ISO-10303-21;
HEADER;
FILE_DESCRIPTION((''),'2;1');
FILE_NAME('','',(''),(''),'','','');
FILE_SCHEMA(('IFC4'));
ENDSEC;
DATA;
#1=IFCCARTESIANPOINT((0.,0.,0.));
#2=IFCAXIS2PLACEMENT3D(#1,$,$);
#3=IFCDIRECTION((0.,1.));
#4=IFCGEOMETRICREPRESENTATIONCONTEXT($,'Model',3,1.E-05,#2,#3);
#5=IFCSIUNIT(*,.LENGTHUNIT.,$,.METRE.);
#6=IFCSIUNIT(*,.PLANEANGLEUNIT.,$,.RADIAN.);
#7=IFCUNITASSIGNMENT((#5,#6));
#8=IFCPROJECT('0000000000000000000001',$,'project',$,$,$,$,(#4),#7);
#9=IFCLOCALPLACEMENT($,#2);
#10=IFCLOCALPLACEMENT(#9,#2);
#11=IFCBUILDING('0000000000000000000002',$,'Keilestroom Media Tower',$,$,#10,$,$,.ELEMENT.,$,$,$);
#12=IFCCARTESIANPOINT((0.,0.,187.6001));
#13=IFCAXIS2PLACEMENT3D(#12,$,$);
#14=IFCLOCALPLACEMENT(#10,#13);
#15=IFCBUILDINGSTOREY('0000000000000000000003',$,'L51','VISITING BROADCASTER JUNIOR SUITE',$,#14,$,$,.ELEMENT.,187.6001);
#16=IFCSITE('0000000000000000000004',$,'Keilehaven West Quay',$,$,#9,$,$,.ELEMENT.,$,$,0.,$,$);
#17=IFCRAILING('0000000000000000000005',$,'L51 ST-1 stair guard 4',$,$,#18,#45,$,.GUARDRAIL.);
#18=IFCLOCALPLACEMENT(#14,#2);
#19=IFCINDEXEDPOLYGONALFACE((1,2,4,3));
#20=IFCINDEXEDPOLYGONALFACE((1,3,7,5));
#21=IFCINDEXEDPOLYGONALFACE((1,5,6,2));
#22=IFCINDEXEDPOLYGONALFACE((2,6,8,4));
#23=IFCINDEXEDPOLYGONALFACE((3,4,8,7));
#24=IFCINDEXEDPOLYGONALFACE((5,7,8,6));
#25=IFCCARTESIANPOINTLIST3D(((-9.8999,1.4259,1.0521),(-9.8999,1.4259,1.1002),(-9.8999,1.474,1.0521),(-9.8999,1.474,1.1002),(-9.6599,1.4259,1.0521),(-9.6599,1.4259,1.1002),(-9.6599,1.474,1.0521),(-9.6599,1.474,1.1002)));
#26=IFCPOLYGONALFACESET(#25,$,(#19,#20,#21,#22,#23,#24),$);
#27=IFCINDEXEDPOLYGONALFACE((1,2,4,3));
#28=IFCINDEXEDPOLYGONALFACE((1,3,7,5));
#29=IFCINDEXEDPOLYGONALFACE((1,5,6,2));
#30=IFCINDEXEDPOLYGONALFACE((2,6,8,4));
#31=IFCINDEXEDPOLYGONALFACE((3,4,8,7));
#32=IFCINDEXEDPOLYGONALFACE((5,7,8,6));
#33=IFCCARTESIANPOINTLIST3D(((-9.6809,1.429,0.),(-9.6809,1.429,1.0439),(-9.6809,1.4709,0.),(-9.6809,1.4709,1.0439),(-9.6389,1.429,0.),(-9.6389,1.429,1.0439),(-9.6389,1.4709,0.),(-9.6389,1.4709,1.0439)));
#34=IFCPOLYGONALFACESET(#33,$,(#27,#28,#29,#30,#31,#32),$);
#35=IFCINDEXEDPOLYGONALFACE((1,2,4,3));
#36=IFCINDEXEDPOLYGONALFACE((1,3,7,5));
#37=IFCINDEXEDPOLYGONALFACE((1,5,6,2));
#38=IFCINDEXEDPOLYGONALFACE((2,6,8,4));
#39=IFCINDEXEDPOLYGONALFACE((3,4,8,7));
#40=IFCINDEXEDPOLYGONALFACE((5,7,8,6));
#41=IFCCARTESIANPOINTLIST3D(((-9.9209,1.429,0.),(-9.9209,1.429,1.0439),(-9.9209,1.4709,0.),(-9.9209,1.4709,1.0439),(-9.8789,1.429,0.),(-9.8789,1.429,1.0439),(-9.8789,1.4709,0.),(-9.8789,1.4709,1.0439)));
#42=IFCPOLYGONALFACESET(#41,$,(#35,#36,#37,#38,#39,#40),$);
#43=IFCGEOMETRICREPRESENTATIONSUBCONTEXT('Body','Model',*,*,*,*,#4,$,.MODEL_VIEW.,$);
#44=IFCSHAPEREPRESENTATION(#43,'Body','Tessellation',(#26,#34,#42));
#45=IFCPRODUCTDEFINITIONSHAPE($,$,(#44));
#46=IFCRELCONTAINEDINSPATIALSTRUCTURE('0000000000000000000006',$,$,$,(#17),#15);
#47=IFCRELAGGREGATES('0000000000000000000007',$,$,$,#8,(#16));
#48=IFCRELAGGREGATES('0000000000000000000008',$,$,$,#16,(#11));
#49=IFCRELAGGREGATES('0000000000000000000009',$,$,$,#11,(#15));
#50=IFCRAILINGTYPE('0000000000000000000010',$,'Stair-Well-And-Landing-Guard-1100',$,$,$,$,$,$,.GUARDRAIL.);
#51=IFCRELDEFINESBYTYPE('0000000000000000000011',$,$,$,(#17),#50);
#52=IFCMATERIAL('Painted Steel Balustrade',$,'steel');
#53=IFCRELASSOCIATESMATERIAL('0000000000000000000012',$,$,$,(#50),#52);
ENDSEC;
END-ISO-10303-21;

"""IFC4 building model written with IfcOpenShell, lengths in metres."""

from ifc_helpers import new_model, si_unit, direction, frame, origin, origin_2d, place, context, subcontext, project, spatial, rectangle, extrude, material, type_object, element, save


model = new_model("IFC4")

# Units and contexts
model_context = context("Model", 3, precision=1e-05, world=origin(), true_north=direction((0.0, 1.0)))
body_context = subcontext(model_context, "Body", "Model", "MODEL_VIEW")
ifc_project = project(units=[si_unit("LENGTHUNIT", "METRE"), si_unit("PLANEANGLEUNIT", "RADIAN")], contexts=[model_context])

# Site, building, storey
site_placement = place(None, origin())
site = spatial("IfcSite", under=ifc_project, at=site_placement, Name="Keilehaven West Quay", CompositionType="ELEMENT", RefElevation=0.0)
building_placement = place(site_placement, origin())
building = spatial("IfcBuilding", under=site, at=building_placement, Name="Keilestroom Media Tower", CompositionType="ELEMENT")
storey_placement = place(building_placement, frame((0.0, 0.0, 187.6001)))
storey = spatial("IfcBuildingStorey", under=building, at=storey_placement, Name="L51", Description="VISITING BROADCASTER JUNIOR SUITE", CompositionType="ELEMENT", Elevation=187.6001)

# Railing
ifc_material_1 = material(Name="Painted Steel Balustrade", Category="steel")
railing_type_1 = type_object("IfcRailingType", Name="Stair-Well-And-Landing-Guard-1100", PredefinedType="GUARDRAIL", material=ifc_material_1)
railing_1_placement = place(storey_placement, frame((-9.6599, 1.45, 0.0)))
element("IfcRailing", 1, at=railing_1_placement, inside=storey, type_object=railing_type_1, Name="L51 ST-1 stair guard 4", PredefinedType="GUARDRAIL", context=body_context, shape_type="SweptSolid", body=[
    extrude(rectangle(XDim=0.0481, YDim=0.0481, at=origin_2d()), frame((0.0, 0.0, 1.0762), z_axis=(-1.0, 0.0, 0.0), x_axis=(0.0, -1.0, 0.0)), (0.0, 0.0, 1.0), 0.24),
    extrude(rectangle(XDim=0.042, YDim=0.042, at=origin_2d()), origin(), (0.0, 0.0, 1.0), 1.0439),
    extrude(rectangle(XDim=0.042, YDim=0.042, at=origin_2d()), frame((-0.24, 0.0, 0.0)), (0.0, 0.0, 1.0), 1.0439),
])

save(model, "model.ifc")
